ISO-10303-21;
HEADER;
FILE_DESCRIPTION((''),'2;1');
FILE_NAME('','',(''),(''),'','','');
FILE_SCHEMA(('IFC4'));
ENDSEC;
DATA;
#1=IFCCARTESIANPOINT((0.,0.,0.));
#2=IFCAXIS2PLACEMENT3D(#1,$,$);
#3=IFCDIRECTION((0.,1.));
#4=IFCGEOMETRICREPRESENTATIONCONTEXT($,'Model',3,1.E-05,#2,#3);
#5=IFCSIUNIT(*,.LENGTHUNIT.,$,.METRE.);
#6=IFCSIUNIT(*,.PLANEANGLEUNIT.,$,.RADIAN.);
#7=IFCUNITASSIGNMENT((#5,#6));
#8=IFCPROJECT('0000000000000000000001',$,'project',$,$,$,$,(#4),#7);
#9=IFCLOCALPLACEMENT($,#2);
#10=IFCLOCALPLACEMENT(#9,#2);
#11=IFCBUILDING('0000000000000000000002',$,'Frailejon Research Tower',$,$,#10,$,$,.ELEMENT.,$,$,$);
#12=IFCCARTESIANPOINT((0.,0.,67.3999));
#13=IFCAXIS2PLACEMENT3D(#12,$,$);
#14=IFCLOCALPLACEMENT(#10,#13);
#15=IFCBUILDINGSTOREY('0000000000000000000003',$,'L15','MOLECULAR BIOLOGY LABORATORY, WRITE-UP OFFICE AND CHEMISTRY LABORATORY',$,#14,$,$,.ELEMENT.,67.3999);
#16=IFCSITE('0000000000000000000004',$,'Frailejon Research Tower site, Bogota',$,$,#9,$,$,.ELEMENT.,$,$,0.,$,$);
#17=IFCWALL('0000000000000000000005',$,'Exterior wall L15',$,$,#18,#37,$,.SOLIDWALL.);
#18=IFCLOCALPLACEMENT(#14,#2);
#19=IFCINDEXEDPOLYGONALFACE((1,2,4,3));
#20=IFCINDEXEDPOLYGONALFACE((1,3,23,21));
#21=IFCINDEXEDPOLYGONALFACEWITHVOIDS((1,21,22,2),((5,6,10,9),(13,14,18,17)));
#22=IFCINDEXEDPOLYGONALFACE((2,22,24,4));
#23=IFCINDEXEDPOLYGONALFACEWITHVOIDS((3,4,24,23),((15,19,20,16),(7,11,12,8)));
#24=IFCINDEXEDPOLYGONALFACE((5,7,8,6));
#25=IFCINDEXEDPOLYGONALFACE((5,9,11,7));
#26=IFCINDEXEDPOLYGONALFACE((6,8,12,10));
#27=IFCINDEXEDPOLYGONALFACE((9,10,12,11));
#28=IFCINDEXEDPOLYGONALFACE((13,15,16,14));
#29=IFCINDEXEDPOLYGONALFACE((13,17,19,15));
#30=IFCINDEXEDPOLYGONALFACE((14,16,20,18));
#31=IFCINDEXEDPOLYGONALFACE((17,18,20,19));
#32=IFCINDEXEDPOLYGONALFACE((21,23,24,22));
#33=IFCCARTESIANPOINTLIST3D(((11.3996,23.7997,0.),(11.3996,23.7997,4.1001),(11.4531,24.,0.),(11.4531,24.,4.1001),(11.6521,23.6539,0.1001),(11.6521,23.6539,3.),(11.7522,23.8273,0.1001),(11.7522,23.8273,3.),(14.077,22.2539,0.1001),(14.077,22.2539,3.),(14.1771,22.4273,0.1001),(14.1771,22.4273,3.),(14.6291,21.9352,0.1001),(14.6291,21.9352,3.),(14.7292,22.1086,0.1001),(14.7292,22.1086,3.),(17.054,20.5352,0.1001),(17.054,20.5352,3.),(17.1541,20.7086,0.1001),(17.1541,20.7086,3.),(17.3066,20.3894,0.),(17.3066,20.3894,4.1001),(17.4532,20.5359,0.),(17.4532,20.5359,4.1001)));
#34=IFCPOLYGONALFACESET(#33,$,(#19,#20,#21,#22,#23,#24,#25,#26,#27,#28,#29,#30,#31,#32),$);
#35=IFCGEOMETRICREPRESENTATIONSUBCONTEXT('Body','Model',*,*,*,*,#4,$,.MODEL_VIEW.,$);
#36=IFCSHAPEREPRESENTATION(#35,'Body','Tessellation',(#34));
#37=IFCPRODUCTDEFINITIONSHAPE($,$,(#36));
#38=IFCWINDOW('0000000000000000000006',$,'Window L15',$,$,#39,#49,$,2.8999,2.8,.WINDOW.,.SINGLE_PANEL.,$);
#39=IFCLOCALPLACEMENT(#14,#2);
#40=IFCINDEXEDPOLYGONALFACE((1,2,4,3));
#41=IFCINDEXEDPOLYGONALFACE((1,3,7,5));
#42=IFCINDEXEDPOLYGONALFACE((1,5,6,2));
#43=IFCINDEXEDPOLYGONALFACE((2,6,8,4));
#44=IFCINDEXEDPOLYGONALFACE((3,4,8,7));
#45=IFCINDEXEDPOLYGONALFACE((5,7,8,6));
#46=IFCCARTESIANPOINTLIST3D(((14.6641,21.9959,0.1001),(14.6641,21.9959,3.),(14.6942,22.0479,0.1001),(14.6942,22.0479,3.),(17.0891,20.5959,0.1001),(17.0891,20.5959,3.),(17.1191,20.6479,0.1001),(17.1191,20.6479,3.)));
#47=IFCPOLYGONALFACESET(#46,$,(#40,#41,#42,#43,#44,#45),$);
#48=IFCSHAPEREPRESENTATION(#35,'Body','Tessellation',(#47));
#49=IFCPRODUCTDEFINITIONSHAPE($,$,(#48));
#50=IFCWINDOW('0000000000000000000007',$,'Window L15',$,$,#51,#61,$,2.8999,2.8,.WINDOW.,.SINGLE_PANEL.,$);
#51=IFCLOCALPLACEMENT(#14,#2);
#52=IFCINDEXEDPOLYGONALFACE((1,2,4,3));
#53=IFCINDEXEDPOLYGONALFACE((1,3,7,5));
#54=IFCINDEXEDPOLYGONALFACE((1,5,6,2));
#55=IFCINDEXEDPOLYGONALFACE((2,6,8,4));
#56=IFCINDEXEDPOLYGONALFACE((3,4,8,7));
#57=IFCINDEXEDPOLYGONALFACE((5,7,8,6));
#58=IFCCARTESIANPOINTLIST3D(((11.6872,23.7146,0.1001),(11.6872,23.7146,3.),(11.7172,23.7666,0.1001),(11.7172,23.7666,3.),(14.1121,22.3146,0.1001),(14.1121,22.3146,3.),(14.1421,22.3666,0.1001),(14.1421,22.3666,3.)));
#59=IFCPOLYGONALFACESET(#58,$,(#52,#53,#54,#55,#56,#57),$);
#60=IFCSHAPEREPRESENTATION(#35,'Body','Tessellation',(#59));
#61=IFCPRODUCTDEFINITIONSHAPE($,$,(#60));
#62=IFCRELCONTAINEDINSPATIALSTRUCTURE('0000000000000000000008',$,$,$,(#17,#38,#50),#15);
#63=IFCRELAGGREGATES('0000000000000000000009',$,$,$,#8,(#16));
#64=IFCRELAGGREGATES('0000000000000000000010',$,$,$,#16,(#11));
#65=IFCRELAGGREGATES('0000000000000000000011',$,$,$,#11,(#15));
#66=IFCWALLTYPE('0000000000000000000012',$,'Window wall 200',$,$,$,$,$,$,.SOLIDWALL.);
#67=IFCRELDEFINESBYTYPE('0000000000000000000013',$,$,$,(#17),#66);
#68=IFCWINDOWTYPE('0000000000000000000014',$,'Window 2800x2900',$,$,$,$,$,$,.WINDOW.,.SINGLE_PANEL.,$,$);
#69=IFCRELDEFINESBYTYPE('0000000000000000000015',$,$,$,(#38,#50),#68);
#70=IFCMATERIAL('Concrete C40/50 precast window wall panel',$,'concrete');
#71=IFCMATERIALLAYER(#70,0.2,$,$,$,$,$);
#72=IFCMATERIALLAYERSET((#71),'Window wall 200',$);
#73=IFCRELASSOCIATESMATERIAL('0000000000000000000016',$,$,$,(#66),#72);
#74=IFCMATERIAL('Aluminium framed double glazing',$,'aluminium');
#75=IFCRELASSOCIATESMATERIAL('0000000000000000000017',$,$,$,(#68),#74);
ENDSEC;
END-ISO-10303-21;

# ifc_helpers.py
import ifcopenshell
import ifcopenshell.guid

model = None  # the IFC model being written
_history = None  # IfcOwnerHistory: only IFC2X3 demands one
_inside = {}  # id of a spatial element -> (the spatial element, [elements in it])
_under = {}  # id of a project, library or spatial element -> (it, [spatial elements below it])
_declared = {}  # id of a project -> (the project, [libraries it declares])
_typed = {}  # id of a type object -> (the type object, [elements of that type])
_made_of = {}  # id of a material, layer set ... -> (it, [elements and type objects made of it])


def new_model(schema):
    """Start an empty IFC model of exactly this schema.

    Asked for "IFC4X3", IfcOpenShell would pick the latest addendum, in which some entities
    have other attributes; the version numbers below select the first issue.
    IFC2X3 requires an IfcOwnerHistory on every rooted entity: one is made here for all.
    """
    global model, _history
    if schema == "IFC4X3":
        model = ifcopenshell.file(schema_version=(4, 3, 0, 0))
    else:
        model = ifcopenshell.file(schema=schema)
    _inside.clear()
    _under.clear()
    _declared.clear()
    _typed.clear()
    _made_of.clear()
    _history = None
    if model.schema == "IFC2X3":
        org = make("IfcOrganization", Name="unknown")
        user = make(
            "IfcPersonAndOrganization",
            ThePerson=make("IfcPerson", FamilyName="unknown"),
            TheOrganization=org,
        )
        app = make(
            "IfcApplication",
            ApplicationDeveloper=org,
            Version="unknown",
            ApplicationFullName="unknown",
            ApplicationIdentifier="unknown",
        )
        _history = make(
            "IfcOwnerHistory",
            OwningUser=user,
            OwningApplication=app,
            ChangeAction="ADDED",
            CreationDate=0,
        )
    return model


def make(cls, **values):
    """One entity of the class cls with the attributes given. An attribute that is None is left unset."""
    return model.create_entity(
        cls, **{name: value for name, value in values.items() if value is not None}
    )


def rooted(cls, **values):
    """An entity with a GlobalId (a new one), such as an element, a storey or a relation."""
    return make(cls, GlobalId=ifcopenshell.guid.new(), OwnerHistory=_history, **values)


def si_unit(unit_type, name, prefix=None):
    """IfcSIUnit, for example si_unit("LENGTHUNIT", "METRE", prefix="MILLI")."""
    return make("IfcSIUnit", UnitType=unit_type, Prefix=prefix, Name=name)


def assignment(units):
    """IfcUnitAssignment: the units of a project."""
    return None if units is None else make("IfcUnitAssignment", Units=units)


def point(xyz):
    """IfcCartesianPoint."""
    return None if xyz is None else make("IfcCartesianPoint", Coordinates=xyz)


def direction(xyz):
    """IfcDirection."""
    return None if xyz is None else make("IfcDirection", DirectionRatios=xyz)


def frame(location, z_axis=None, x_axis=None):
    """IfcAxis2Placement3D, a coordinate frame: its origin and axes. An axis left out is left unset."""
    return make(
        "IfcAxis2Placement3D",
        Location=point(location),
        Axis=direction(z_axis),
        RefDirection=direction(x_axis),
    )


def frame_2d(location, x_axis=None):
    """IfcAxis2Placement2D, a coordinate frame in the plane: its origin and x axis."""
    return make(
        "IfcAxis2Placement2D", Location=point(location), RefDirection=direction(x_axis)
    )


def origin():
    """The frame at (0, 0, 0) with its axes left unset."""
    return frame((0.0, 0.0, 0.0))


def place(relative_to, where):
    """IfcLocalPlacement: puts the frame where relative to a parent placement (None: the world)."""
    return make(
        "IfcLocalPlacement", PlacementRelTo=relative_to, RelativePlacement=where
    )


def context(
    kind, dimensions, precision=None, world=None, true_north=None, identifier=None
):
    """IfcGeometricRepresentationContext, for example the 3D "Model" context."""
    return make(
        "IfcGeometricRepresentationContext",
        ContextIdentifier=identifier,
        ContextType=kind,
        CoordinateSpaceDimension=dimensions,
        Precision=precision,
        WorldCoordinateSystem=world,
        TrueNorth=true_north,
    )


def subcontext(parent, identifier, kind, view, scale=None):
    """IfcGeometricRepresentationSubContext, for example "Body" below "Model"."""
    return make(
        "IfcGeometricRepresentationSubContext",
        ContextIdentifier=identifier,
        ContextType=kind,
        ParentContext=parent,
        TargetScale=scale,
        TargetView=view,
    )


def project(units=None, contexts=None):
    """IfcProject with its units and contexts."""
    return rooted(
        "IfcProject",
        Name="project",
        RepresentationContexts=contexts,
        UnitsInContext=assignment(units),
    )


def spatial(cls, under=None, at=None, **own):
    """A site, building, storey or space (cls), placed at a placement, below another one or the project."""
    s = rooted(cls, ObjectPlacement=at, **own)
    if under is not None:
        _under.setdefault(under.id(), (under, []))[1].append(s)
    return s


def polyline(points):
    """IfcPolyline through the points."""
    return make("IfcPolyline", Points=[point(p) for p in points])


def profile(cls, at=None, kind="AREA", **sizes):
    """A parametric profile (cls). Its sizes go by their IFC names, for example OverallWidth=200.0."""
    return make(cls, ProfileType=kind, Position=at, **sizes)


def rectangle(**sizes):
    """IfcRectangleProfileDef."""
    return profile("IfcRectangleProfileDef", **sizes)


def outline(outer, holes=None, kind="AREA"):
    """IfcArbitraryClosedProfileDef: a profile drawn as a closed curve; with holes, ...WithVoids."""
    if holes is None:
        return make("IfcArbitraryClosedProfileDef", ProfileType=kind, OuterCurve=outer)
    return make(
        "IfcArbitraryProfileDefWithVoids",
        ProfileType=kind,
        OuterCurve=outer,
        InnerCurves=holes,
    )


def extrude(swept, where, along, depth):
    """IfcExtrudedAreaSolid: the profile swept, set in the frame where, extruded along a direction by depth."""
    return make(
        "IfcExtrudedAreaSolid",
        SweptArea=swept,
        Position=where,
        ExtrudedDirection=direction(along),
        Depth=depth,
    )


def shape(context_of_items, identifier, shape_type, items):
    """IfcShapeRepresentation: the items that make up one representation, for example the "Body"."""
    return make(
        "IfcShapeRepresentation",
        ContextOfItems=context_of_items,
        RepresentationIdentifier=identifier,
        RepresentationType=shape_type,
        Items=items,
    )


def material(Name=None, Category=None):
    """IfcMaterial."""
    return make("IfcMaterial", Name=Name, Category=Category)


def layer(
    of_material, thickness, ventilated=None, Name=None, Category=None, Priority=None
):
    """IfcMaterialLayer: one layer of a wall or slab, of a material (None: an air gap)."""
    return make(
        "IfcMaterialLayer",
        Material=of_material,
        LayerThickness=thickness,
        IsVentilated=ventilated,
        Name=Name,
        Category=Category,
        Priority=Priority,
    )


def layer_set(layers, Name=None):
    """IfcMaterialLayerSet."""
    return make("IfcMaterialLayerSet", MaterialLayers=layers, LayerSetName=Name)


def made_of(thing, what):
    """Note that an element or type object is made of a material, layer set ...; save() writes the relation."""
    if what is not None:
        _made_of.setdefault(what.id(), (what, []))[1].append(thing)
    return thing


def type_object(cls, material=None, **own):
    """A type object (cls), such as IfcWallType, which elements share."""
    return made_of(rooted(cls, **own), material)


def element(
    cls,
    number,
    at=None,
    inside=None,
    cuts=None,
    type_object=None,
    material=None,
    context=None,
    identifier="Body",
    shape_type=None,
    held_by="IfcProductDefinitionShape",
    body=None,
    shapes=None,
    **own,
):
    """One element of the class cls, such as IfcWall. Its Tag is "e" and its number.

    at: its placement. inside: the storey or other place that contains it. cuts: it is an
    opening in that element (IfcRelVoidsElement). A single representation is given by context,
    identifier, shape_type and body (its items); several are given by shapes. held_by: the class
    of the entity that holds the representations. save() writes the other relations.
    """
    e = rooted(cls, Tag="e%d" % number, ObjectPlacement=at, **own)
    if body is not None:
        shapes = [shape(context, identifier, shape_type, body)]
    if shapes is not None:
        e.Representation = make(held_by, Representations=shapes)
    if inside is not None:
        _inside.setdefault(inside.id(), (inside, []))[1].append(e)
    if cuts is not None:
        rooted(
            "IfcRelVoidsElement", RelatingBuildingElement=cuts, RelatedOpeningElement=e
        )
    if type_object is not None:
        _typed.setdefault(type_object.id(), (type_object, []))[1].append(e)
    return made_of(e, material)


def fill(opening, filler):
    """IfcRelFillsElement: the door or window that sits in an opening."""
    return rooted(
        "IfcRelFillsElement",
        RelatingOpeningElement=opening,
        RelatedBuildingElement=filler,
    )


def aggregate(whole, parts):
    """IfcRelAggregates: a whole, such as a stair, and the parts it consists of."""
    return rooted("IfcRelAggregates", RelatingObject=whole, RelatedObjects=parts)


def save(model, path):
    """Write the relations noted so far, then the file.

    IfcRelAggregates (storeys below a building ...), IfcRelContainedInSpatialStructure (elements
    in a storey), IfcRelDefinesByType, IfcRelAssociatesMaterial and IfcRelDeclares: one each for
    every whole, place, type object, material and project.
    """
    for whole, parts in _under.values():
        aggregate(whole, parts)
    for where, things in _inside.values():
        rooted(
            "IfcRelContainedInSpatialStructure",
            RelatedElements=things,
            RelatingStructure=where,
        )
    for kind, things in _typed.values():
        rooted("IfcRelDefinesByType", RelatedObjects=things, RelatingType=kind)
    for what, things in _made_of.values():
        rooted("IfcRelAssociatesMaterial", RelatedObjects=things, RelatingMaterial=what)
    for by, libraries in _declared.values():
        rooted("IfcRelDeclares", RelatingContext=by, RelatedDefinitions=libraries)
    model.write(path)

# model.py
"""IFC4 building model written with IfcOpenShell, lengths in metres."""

from ifc_helpers import new_model, si_unit, direction, frame, frame_2d, origin, place, context, subcontext, project, spatial, polyline, rectangle, outline, extrude, material, layer, layer_set, type_object, element, fill, save


model = new_model("IFC4")

# Units and contexts
model_context = context("Model", 3, precision=1e-05, world=origin(), true_north=direction((0.0, 1.0)))
body_context = subcontext(model_context, "Body", "Model", "MODEL_VIEW")
ifc_project = project(units=[si_unit("LENGTHUNIT", "METRE"), si_unit("PLANEANGLEUNIT", "RADIAN")], contexts=[model_context])

# Site, building, storey
site_placement = place(None, origin())
site = spatial("IfcSite", under=ifc_project, at=site_placement, Name="Frailejon Research Tower site, Bogota", CompositionType="ELEMENT", RefElevation=0.0)
building_placement = place(site_placement, origin())
building = spatial("IfcBuilding", under=site, at=building_placement, Name="Frailejon Research Tower", CompositionType="ELEMENT")
storey_placement = place(building_placement, frame((0.0, 0.0, 67.3999)))
storey = spatial("IfcBuildingStorey", under=building, at=storey_placement, Name="L15", Description="MOLECULAR BIOLOGY LABORATORY, WRITE-UP OFFICE AND CHEMISTRY LABORATORY", CompositionType="ELEMENT", Elevation=67.3999)

# Wall, openings, windows
ifc_material_1 = material(Name="Concrete C40/50 precast window wall panel", Category="concrete")
ifc_layer_1 = layer(ifc_material_1, 0.2)
ifc_layer_set_1 = layer_set([ifc_layer_1], Name="Window wall 200")
wall_type_1 = type_object("IfcWallType", Name="Window wall 200", PredefinedType="SOLIDWALL", material=ifc_layer_set_1)
wall_1_placement = place(storey_placement, frame((17.3799, 20.4626, 0.0), z_axis=(0.0, 0.0, 1.0), x_axis=(-0.866029, 0.499993, 0.0)))
wall_1 = element("IfcWall", 1, at=wall_1_placement, inside=storey, type_object=wall_type_1, Name="Exterior wall L15", PredefinedType="SOLIDWALL", context=body_context, shape_type="SweptSolid", body=[
    extrude(outline(polyline([(-0.0269, -0.1001), (1.1279, -0.1001), (2.2825, -0.1001), (3.4373, -0.1001), (4.592, -0.1001), (5.7466, -0.1001), (6.9014, -0.1001), (6.8477, 0.1001), (5.7109, 0.1001), (4.574, 0.1001), (3.4373, 0.1001), (2.3005, 0.1001), (1.1636, 0.1001), (0.0269, 0.1001), (-0.0269, -0.1001)])), origin(), (0.0, 0.0, 1.0), 4.1001),
])
opening_1_placement = place(wall_1_placement, frame((0.3186, 0.0, 0.1001)))
opening_1 = element("IfcOpeningElement", 2, at=opening_1_placement, cuts=wall_1, PredefinedType="OPENING", context=body_context, shape_type="SweptSolid", body=[
    extrude(rectangle(XDim=2.8, YDim=2.8999, at=frame_2d((1.3999, 1.45))), frame((0.0, 0.1099, 0.0), z_axis=(0.0, -1.0, 0.0), x_axis=(1.0, 0.0, 0.0)), (0.0, 0.0, 1.0), 0.22),
])
opening_2_placement = place(wall_1_placement, frame((3.7561, 0.0, 0.1001)))
opening_2 = element("IfcOpeningElement", 3, at=opening_2_placement, cuts=wall_1, PredefinedType="OPENING", context=body_context, shape_type="SweptSolid", body=[
    extrude(rectangle(XDim=2.8, YDim=2.8999, at=frame_2d((1.3999, 1.45))), frame((0.0, 0.1099, 0.0), z_axis=(0.0, -1.0, 0.0), x_axis=(1.0, 0.0, 0.0)), (0.0, 0.0, 1.0), 0.22),
])
ifc_material_2 = material(Name="Aluminium framed double glazing", Category="aluminium")
window_type = type_object("IfcWindowType", Name="Window 2800x2900", PartitioningType="SINGLE_PANEL", PredefinedType="WINDOW", material=ifc_material_2)
window_1_placement = place(opening_1_placement, origin())
window_1 = element("IfcWindow", 4, at=window_1_placement, inside=storey, type_object=window_type, Name="Window L15", OverallHeight=2.8999, OverallWidth=2.8, PartitioningType="SINGLE_PANEL", PredefinedType="WINDOW", context=body_context, shape_type="SweptSolid", body=[
    extrude(rectangle(XDim=2.8, YDim=2.8999, at=frame_2d((1.3999, 1.45))), frame((0.0, 0.03, 0.0), z_axis=(0.0, -1.0, 0.0), x_axis=(1.0, 0.0, 0.0)), (0.0, 0.0, 1.0), 0.0601),
])
fill(opening_1, window_1)
window_2_placement = place(opening_2_placement, origin())
window_2 = element("IfcWindow", 5, at=window_2_placement, inside=storey, type_object=window_type, Name="Window L15", OverallHeight=2.8999, OverallWidth=2.8, PartitioningType="SINGLE_PANEL", PredefinedType="WINDOW", context=body_context, shape_type="SweptSolid", body=[
    extrude(rectangle(XDim=2.8, YDim=2.8999, at=frame_2d((1.3999, 1.45))), frame((0.0, 0.03, 0.0), z_axis=(0.0, -1.0, 0.0), x_axis=(1.0, 0.0, 0.0)), (0.0, 0.0, 1.0), 0.0601),
])
fill(opening_2, window_2)

save(model, "model.ifc")
